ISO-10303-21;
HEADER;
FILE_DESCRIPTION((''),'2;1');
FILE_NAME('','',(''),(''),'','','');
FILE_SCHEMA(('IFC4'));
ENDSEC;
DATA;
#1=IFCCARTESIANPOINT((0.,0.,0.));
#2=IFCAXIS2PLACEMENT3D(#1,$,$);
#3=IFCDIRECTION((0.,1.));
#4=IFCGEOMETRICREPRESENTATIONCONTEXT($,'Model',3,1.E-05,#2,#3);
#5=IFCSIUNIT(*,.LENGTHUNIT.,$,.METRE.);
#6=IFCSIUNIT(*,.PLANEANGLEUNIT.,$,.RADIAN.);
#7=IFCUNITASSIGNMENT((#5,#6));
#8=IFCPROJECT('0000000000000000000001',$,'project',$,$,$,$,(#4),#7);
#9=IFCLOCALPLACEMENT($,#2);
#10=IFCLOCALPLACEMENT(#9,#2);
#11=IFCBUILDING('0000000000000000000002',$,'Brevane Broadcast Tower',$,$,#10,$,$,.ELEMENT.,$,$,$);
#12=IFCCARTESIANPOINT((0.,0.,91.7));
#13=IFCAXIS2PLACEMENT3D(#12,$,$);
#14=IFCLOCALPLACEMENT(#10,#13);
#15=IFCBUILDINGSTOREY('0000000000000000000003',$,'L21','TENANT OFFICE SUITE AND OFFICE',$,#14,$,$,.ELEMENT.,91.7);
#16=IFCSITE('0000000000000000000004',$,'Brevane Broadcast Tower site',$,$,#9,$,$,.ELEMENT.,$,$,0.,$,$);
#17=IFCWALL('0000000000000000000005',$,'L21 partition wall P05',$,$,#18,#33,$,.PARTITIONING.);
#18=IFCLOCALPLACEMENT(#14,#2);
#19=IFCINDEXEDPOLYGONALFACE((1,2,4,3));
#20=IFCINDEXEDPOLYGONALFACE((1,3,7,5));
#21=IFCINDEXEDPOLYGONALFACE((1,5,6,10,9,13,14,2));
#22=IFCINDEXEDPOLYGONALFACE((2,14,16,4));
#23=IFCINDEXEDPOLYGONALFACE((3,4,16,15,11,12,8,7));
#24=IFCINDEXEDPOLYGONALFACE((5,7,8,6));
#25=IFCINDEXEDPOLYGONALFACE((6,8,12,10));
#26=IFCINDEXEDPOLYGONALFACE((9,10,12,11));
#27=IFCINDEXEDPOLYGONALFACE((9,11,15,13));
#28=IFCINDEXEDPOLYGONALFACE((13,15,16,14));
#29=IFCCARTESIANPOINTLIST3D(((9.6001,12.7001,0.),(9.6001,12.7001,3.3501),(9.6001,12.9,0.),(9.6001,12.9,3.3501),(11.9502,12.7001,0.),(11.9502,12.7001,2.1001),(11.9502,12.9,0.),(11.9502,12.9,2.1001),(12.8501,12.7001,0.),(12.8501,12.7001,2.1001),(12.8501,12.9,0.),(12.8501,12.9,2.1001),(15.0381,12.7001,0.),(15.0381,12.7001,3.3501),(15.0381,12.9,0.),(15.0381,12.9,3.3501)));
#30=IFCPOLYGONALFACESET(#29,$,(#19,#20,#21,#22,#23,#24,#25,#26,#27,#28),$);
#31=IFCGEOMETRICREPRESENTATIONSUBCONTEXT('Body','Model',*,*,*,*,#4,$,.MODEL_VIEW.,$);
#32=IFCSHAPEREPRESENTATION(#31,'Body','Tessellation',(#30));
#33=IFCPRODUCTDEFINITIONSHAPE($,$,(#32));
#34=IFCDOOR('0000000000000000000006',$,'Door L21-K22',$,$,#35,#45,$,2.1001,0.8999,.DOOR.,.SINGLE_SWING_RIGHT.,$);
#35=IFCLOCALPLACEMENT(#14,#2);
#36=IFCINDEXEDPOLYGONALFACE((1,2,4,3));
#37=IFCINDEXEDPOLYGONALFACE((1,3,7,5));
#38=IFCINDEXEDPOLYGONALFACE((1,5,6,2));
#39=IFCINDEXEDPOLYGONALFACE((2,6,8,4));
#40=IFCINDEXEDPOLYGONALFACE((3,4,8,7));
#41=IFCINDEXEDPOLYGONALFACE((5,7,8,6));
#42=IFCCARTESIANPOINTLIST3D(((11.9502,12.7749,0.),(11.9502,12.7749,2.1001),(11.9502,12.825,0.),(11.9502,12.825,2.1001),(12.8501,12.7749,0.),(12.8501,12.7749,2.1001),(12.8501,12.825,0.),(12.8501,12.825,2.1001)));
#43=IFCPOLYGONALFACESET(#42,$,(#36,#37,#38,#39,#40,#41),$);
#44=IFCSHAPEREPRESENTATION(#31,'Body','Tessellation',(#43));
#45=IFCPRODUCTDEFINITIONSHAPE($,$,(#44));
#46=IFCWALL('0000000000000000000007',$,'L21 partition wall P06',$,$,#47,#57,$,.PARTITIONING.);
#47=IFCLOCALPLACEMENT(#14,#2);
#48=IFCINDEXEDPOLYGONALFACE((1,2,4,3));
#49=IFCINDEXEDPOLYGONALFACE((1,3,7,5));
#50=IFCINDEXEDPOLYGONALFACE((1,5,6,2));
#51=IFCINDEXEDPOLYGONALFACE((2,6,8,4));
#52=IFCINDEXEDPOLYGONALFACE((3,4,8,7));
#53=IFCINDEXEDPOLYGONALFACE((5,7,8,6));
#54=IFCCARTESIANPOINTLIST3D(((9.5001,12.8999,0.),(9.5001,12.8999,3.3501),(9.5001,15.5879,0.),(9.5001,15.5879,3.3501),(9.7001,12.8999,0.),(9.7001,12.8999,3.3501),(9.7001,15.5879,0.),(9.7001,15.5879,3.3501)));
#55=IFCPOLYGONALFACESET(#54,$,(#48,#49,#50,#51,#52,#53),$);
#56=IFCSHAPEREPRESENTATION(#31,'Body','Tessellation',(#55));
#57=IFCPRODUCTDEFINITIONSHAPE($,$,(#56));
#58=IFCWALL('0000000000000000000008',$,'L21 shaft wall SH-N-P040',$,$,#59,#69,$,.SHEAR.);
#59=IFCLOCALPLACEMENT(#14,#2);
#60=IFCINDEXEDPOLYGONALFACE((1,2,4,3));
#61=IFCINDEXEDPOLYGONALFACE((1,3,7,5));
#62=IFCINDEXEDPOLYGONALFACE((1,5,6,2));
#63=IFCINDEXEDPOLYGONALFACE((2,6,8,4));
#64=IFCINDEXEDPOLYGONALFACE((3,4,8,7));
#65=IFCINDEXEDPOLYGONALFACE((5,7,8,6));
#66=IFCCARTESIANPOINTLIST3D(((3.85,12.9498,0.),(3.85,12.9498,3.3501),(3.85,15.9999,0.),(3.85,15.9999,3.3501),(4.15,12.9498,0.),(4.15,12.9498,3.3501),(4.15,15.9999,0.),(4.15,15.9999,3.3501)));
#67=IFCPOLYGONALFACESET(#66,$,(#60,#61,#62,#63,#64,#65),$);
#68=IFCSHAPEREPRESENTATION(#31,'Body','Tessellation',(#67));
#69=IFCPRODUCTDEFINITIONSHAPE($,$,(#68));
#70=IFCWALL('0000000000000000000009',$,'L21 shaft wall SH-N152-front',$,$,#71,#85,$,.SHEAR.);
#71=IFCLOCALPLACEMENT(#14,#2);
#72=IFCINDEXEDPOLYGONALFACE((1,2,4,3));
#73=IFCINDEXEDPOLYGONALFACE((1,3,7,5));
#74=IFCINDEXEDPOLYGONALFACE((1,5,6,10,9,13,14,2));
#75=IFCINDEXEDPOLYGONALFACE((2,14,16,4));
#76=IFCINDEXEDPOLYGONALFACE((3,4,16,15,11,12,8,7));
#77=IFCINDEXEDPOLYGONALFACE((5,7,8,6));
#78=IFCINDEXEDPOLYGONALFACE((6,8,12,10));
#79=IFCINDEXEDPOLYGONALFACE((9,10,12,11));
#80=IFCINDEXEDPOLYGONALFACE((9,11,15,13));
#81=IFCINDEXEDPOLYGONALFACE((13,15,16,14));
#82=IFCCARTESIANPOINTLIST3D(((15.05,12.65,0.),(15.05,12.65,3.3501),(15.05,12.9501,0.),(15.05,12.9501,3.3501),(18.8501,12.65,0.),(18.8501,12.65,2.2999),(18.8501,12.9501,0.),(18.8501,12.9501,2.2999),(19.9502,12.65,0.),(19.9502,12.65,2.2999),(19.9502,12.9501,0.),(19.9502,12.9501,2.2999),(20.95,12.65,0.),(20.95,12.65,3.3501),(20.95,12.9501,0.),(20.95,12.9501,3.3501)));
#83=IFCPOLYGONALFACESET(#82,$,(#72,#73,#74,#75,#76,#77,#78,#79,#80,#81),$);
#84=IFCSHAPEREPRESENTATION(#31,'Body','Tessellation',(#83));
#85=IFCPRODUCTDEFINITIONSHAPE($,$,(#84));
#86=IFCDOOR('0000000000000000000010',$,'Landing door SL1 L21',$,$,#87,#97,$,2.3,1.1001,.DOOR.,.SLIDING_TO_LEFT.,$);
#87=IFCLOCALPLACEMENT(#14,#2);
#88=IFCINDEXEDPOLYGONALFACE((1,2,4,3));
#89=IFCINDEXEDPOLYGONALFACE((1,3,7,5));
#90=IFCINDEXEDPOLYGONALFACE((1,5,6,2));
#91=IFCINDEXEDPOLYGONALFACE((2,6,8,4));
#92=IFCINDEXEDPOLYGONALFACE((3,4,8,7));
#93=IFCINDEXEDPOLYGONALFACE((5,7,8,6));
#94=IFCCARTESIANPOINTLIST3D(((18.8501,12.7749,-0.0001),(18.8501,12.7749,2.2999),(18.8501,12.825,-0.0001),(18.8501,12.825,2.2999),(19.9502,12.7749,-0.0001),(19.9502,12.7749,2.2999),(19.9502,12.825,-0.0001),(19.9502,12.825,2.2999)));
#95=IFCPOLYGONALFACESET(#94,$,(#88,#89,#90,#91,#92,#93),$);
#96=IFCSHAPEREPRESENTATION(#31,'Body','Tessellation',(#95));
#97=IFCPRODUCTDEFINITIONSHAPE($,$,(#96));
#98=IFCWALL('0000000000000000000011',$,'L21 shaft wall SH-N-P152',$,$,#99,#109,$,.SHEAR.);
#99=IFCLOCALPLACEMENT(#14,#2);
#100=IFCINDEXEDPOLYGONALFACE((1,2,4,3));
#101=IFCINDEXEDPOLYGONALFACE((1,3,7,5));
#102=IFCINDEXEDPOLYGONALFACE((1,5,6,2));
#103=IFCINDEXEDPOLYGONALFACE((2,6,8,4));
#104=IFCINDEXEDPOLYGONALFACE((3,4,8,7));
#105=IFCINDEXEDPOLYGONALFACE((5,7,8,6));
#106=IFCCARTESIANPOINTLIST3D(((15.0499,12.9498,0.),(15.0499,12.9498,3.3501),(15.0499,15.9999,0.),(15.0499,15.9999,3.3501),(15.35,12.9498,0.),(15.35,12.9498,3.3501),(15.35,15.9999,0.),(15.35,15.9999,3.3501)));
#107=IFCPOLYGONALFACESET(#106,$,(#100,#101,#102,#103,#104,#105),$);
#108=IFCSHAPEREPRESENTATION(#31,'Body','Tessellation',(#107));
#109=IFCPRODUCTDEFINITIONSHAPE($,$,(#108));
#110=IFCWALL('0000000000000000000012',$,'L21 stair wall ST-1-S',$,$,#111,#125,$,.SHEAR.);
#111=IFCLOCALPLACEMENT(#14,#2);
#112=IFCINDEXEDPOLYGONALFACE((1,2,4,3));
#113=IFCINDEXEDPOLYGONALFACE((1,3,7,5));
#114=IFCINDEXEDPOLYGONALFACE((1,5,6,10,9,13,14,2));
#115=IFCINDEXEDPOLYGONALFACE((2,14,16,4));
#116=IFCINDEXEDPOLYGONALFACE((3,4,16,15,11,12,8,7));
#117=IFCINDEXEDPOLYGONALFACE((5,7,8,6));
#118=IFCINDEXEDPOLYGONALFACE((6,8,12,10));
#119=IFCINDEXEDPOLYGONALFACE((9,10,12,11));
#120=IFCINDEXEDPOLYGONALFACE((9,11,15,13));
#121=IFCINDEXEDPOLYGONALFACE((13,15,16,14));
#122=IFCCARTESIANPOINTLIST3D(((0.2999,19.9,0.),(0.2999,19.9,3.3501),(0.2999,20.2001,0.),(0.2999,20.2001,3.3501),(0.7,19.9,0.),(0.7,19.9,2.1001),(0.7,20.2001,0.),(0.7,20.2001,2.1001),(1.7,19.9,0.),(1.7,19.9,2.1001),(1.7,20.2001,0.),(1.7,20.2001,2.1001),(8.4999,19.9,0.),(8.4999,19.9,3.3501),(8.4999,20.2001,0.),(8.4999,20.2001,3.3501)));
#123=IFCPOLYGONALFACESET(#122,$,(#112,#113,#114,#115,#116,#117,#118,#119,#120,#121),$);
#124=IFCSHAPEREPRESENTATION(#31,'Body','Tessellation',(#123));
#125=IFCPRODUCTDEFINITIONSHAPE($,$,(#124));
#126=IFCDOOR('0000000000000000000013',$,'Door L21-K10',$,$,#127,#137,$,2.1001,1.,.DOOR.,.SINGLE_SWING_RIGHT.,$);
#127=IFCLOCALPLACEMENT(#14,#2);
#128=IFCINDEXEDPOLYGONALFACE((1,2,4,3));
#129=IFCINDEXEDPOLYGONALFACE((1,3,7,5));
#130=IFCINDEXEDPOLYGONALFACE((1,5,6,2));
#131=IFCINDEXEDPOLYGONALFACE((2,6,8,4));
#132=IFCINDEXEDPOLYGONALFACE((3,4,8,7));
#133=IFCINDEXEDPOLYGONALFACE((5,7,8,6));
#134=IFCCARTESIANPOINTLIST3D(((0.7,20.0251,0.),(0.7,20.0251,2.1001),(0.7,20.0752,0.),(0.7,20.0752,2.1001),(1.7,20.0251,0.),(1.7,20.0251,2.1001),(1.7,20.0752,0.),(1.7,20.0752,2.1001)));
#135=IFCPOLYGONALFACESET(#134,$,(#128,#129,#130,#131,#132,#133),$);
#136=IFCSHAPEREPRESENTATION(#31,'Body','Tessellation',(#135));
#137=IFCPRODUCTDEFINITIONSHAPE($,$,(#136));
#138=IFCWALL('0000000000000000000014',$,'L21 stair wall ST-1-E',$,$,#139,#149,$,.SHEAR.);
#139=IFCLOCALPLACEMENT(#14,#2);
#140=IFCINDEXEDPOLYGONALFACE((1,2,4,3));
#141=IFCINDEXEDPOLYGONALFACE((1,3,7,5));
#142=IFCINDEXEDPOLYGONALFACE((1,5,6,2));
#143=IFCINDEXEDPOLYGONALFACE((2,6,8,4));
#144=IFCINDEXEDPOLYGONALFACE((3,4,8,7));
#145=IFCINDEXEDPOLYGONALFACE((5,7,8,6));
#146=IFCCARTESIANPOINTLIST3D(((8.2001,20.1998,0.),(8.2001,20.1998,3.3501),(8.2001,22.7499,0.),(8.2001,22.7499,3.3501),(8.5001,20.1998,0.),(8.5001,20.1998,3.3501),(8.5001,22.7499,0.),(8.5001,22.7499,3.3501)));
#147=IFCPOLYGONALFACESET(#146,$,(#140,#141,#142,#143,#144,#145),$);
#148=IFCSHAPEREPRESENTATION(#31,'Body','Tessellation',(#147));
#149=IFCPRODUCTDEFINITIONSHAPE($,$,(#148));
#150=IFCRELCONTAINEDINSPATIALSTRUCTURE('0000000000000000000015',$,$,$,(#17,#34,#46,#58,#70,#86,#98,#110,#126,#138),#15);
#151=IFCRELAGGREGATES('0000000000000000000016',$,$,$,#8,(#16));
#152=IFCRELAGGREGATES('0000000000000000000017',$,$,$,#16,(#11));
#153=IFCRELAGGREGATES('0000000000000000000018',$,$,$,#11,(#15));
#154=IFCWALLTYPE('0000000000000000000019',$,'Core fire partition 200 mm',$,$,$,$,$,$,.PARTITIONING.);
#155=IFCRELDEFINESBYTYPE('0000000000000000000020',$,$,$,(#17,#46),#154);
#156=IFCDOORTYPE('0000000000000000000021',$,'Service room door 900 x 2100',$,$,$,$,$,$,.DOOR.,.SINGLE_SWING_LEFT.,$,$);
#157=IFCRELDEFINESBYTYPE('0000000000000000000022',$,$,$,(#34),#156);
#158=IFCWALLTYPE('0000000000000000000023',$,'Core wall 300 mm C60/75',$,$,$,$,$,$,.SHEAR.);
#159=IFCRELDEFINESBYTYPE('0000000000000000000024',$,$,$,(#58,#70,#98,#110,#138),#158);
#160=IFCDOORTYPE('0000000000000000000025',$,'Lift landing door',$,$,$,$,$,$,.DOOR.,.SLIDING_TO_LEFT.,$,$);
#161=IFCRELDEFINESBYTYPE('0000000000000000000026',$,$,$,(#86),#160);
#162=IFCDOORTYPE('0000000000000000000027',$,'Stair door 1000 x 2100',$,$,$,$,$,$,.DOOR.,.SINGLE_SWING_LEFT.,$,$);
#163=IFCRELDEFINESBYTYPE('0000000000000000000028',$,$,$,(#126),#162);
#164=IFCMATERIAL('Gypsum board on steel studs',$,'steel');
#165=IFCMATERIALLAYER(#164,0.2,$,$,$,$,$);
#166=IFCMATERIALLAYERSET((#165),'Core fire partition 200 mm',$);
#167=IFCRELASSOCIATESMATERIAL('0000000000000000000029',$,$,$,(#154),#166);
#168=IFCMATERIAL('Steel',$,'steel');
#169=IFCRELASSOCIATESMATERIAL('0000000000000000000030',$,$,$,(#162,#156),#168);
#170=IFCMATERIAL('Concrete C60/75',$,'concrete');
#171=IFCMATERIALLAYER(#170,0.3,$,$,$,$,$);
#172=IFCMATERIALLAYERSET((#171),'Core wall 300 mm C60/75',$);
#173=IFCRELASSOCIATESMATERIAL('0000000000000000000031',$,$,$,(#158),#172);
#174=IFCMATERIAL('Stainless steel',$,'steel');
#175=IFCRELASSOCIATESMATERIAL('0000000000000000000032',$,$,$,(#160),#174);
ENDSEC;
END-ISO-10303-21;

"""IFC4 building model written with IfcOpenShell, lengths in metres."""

from ifc_helpers import new_model, si_unit, direction, frame, frame_2d, origin, place, context, subcontext, project, spatial, rectangle, extrude, material, layer, layer_set, type_object, element, fill, save


model = new_model("IFC4")

# Units and contexts
model_context = context("Model", 3, precision=1e-05, world=origin(), true_north=direction((0.0, 1.0)))
body_context = subcontext(model_context, "Body", "Model", "MODEL_VIEW")
ifc_project = project(units=[si_unit("LENGTHUNIT", "METRE"), si_unit("PLANEANGLEUNIT", "RADIAN")], contexts=[model_context])

# Site, building, storey
site_placement = place(None, origin())
site = spatial("IfcSite", under=ifc_project, at=site_placement, Name="Brevane Broadcast Tower site", CompositionType="ELEMENT", RefElevation=0.0)
building_placement = place(site_placement, origin())
building = spatial("IfcBuilding", under=site, at=building_placement, Name="Brevane Broadcast Tower", CompositionType="ELEMENT")
storey_placement = place(building_placement, frame((0.0, 0.0, 91.7)))
storey = spatial("IfcBuildingStorey", under=building, at=storey_placement, Name="L21", Description="TENANT OFFICE SUITE AND OFFICE", CompositionType="ELEMENT", Elevation=91.7)

# Shared definitions
ifc_material_1 = material(Name="Gypsum board on steel studs", Category="steel")
ifc_material_2 = material(Name="Steel", Category="steel")

# Wall, opening, door
ifc_layer_1 = layer(ifc_material_1, 0.2)
ifc_layer_set_1 = layer_set([ifc_layer_1], Name="Core fire partition 200 mm")
wall_type_1 = type_object("IfcWallType", Name="Core fire partition 200 mm", PredefinedType="PARTITIONING", material=ifc_layer_set_1)
door_type_1 = type_object("IfcDoorType", Name="Stair door 1000 x 2100", OperationType="SINGLE_SWING_LEFT", PredefinedType="DOOR", material=ifc_material_2)
door_type_2 = type_object("IfcDoorType", Name="Service room door 900 x 2100", OperationType="SINGLE_SWING_LEFT", PredefinedType="DOOR", material=ifc_material_2)
wall_1_placement = place(storey_placement, frame((9.6001, 12.8, 0.0), z_axis=(0.0, 0.0, 1.0), x_axis=(1.0, 0.0, 0.0)))
wall_1 = element("IfcWall", 1, at=wall_1_placement, inside=storey, type_object=wall_type_1, Name="L21 partition wall P05", PredefinedType="PARTITIONING", context=body_context, shape_type="SweptSolid", body=[
    extrude(rectangle(XDim=5.438, YDim=0.2, at=frame_2d((2.719, 0.0))), origin(), (0.0, 0.0, 1.0), 3.3501),
])
opening_1_placement = place(wall_1_placement, frame((2.3501, 0.0, 0.0)))
opening_1 = element("IfcOpeningElement", 2, at=opening_1_placement, cuts=wall_1, PredefinedType="OPENING", context=body_context, shape_type="SweptSolid", body=[
    extrude(rectangle(XDim=0.8999, YDim=2.1001, at=frame_2d((0.45, 1.05))), frame((0.0, 0.1099, 0.0), z_axis=(0.0, -1.0, 0.0), x_axis=(1.0, 0.0, 0.0)), (0.0, 0.0, 1.0), 0.22),
])
door_1_placement = place(opening_1_placement, origin())
door_1 = element("IfcDoor", 3, at=door_1_placement, inside=storey, type_object=door_type_2, Name="Door L21-K22", OperationType="SINGLE_SWING_RIGHT", OverallHeight=2.1001, OverallWidth=0.8999, PredefinedType="DOOR", context=body_context, shape_type="SweptSolid", body=[
    extrude(rectangle(XDim=0.8999, YDim=2.1001, at=frame_2d((0.45, 1.05))), frame((0.0, 0.0249, 0.0), z_axis=(0.0, -1.0, 0.0), x_axis=(1.0, 0.0, 0.0)), (0.0, 0.0, 1.0), 0.05),
])
fill(opening_1, door_1)

# Walls
wall_2_placement = place(storey_placement, frame((9.6001, 15.5879, 0.0), z_axis=(0.0, 0.0, 1.0), x_axis=(0.0, -1.0, 0.0)))
element("IfcWall", 4, at=wall_2_placement, inside=storey, type_object=wall_type_1, Name="L21 partition wall P06", PredefinedType="PARTITIONING", context=body_context, shape_type="SweptSolid", body=[
    extrude(rectangle(XDim=2.688, YDim=0.2, at=frame_2d((1.344, 0.0))), origin(), (0.0, 0.0, 1.0), 3.3501),
])
ifc_material_3 = material(Name="Concrete C60/75", Category="concrete")
ifc_layer_2 = layer(ifc_material_3, 0.3)
ifc_layer_set_2 = layer_set([ifc_layer_2], Name="Core wall 300 mm C60/75")
wall_type_2 = type_object("IfcWallType", Name="Core wall 300 mm C60/75", PredefinedType="SHEAR", material=ifc_layer_set_2)
wall_3_placement = place(storey_placement, frame((4.0, 12.95, 0.0), z_axis=(0.0, 0.0, 1.0), x_axis=(0.0, 1.0, 0.0)))
element("IfcWall", 5, at=wall_3_placement, inside=storey, type_object=wall_type_2, Name="L21 shaft wall SH-N-P040", PredefinedType="SHEAR", context=body_context, shape_type="SweptSolid", body=[
    extrude(rectangle(XDim=3.05, YDim=0.3, at=frame_2d((1.5249, 0.0))), origin(), (0.0, 0.0, 1.0), 3.3501),
])

# Wall, opening, door
wall_4_placement = place(storey_placement, frame((15.05, 12.8, 0.0), z_axis=(0.0, 0.0, 1.0), x_axis=(1.0, 0.0, 0.0)))
wall_4 = element("IfcWall", 6, at=wall_4_placement, inside=storey, type_object=wall_type_2, Name="L21 shaft wall SH-N152-front", PredefinedType="SHEAR", context=body_context, shape_type="SweptSolid", body=[
    extrude(rectangle(XDim=5.8999, YDim=0.3, at=frame_2d((2.95, 0.0))), origin(), (0.0, 0.0, 1.0), 3.3501),
])
opening_2_placement = place(wall_4_placement, frame((3.8, 0.0, 0.0)))
opening_2 = element("IfcOpeningElement", 7, at=opening_2_placement, cuts=wall_4, PredefinedType="OPENING", context=body_context, shape_type="SweptSolid", body=[
    extrude(rectangle(XDim=1.1001, YDim=2.3, at=frame_2d((0.55, 1.1499))), frame((0.0, 0.1599, 0.0), z_axis=(0.0, -1.0, 0.0), x_axis=(1.0, 0.0, 0.0)), (0.0, 0.0, 1.0), 0.3201),
])
ifc_material_4 = material(Name="Stainless steel", Category="steel")
door_type_3 = type_object("IfcDoorType", Name="Lift landing door", OperationType="SLIDING_TO_LEFT", PredefinedType="DOOR", material=ifc_material_4)
door_2_placement = place(opening_2_placement, origin())
door_2 = element("IfcDoor", 8, at=door_2_placement, inside=storey, type_object=door_type_3, Name="Landing door SL1 L21", OperationType="SLIDING_TO_LEFT", OverallHeight=2.3, OverallWidth=1.1001, PredefinedType="DOOR", context=body_context, shape_type="SweptSolid", body=[
    extrude(rectangle(XDim=1.1001, YDim=2.3, at=frame_2d((0.55, 1.1499))), frame((0.0, 0.0249, 0.0), z_axis=(0.0, -1.0, 0.0), x_axis=(1.0, 0.0, 0.0)), (0.0, 0.0, 1.0), 0.05),
])
fill(opening_2, door_2)

# Wall
wall_5_placement = place(storey_placement, frame((15.2, 12.95, 0.0), z_axis=(0.0, 0.0, 1.0), x_axis=(0.0, 1.0, 0.0)))
element("IfcWall", 9, at=wall_5_placement, inside=storey, type_object=wall_type_2, Name="L21 shaft wall SH-N-P152", PredefinedType="SHEAR", context=body_context, shape_type="SweptSolid", body=[
    extrude(rectangle(XDim=3.05, YDim=0.3, at=frame_2d((1.5249, 0.0))), origin(), (0.0, 0.0, 1.0), 3.3501),
])

# Wall, opening, door
wall_6_placement = place(storey_placement, frame((8.5, 20.05, 0.0), z_axis=(0.0, 0.0, 1.0), x_axis=(-1.0, 0.0, 0.0)))
wall_6 = element("IfcWall", 10, at=wall_6_placement, inside=storey, type_object=wall_type_2, Name="L21 stair wall ST-1-S", PredefinedType="SHEAR", context=body_context, shape_type="SweptSolid", body=[
    extrude(rectangle(XDim=8.2, YDim=0.3, at=frame_2d((4.1001, 0.0))), origin(), (0.0, 0.0, 1.0), 3.3501),
])
opening_3_placement = place(wall_6_placement, frame((6.8, 0.0, 0.0)))
opening_3 = element("IfcOpeningElement", 11, at=opening_3_placement, cuts=wall_6, PredefinedType="OPENING", context=body_context, shape_type="SweptSolid", body=[
    extrude(rectangle(XDim=1.0, YDim=2.1001, at=frame_2d((0.5, 1.05))), frame((0.0, 0.1599, 0.0), z_axis=(0.0, -1.0, 0.0), x_axis=(1.0, 0.0, 0.0)), (0.0, 0.0, 1.0), 0.3201),
])
door_3_placement = place(opening_3_placement, origin())
door_3 = element("IfcDoor", 12, at=door_3_placement, inside=storey, type_object=door_type_1, Name="Door L21-K10", OperationType="SINGLE_SWING_RIGHT", OverallHeight=2.1001, OverallWidth=1.0, PredefinedType="DOOR", context=body_context, shape_type="SweptSolid", body=[
    extrude(rectangle(XDim=1.0, YDim=2.1001, at=frame_2d((0.5, 1.05))), frame((0.0, 0.0249, 0.0), z_axis=(0.0, -1.0, 0.0), x_axis=(1.0, 0.0, 0.0)), (0.0, 0.0, 1.0), 0.05),
])
fill(opening_3, door_3)

# Wall
wall_7_placement = place(storey_placement, frame((8.3501, 20.2, 0.0), z_axis=(0.0, 0.0, 1.0), x_axis=(0.0, 1.0, 0.0)))
element("IfcWall", 13, at=wall_7_placement, inside=storey, type_object=wall_type_2, Name="L21 stair wall ST-1-E", PredefinedType="SHEAR", context=body_context, shape_type="SweptSolid", body=[
    extrude(rectangle(XDim=2.55, YDim=0.3, at=frame_2d((1.2749, 0.0))), origin(), (0.0, 0.0, 1.0), 3.3501),
])

save(model, "model.ifc")
